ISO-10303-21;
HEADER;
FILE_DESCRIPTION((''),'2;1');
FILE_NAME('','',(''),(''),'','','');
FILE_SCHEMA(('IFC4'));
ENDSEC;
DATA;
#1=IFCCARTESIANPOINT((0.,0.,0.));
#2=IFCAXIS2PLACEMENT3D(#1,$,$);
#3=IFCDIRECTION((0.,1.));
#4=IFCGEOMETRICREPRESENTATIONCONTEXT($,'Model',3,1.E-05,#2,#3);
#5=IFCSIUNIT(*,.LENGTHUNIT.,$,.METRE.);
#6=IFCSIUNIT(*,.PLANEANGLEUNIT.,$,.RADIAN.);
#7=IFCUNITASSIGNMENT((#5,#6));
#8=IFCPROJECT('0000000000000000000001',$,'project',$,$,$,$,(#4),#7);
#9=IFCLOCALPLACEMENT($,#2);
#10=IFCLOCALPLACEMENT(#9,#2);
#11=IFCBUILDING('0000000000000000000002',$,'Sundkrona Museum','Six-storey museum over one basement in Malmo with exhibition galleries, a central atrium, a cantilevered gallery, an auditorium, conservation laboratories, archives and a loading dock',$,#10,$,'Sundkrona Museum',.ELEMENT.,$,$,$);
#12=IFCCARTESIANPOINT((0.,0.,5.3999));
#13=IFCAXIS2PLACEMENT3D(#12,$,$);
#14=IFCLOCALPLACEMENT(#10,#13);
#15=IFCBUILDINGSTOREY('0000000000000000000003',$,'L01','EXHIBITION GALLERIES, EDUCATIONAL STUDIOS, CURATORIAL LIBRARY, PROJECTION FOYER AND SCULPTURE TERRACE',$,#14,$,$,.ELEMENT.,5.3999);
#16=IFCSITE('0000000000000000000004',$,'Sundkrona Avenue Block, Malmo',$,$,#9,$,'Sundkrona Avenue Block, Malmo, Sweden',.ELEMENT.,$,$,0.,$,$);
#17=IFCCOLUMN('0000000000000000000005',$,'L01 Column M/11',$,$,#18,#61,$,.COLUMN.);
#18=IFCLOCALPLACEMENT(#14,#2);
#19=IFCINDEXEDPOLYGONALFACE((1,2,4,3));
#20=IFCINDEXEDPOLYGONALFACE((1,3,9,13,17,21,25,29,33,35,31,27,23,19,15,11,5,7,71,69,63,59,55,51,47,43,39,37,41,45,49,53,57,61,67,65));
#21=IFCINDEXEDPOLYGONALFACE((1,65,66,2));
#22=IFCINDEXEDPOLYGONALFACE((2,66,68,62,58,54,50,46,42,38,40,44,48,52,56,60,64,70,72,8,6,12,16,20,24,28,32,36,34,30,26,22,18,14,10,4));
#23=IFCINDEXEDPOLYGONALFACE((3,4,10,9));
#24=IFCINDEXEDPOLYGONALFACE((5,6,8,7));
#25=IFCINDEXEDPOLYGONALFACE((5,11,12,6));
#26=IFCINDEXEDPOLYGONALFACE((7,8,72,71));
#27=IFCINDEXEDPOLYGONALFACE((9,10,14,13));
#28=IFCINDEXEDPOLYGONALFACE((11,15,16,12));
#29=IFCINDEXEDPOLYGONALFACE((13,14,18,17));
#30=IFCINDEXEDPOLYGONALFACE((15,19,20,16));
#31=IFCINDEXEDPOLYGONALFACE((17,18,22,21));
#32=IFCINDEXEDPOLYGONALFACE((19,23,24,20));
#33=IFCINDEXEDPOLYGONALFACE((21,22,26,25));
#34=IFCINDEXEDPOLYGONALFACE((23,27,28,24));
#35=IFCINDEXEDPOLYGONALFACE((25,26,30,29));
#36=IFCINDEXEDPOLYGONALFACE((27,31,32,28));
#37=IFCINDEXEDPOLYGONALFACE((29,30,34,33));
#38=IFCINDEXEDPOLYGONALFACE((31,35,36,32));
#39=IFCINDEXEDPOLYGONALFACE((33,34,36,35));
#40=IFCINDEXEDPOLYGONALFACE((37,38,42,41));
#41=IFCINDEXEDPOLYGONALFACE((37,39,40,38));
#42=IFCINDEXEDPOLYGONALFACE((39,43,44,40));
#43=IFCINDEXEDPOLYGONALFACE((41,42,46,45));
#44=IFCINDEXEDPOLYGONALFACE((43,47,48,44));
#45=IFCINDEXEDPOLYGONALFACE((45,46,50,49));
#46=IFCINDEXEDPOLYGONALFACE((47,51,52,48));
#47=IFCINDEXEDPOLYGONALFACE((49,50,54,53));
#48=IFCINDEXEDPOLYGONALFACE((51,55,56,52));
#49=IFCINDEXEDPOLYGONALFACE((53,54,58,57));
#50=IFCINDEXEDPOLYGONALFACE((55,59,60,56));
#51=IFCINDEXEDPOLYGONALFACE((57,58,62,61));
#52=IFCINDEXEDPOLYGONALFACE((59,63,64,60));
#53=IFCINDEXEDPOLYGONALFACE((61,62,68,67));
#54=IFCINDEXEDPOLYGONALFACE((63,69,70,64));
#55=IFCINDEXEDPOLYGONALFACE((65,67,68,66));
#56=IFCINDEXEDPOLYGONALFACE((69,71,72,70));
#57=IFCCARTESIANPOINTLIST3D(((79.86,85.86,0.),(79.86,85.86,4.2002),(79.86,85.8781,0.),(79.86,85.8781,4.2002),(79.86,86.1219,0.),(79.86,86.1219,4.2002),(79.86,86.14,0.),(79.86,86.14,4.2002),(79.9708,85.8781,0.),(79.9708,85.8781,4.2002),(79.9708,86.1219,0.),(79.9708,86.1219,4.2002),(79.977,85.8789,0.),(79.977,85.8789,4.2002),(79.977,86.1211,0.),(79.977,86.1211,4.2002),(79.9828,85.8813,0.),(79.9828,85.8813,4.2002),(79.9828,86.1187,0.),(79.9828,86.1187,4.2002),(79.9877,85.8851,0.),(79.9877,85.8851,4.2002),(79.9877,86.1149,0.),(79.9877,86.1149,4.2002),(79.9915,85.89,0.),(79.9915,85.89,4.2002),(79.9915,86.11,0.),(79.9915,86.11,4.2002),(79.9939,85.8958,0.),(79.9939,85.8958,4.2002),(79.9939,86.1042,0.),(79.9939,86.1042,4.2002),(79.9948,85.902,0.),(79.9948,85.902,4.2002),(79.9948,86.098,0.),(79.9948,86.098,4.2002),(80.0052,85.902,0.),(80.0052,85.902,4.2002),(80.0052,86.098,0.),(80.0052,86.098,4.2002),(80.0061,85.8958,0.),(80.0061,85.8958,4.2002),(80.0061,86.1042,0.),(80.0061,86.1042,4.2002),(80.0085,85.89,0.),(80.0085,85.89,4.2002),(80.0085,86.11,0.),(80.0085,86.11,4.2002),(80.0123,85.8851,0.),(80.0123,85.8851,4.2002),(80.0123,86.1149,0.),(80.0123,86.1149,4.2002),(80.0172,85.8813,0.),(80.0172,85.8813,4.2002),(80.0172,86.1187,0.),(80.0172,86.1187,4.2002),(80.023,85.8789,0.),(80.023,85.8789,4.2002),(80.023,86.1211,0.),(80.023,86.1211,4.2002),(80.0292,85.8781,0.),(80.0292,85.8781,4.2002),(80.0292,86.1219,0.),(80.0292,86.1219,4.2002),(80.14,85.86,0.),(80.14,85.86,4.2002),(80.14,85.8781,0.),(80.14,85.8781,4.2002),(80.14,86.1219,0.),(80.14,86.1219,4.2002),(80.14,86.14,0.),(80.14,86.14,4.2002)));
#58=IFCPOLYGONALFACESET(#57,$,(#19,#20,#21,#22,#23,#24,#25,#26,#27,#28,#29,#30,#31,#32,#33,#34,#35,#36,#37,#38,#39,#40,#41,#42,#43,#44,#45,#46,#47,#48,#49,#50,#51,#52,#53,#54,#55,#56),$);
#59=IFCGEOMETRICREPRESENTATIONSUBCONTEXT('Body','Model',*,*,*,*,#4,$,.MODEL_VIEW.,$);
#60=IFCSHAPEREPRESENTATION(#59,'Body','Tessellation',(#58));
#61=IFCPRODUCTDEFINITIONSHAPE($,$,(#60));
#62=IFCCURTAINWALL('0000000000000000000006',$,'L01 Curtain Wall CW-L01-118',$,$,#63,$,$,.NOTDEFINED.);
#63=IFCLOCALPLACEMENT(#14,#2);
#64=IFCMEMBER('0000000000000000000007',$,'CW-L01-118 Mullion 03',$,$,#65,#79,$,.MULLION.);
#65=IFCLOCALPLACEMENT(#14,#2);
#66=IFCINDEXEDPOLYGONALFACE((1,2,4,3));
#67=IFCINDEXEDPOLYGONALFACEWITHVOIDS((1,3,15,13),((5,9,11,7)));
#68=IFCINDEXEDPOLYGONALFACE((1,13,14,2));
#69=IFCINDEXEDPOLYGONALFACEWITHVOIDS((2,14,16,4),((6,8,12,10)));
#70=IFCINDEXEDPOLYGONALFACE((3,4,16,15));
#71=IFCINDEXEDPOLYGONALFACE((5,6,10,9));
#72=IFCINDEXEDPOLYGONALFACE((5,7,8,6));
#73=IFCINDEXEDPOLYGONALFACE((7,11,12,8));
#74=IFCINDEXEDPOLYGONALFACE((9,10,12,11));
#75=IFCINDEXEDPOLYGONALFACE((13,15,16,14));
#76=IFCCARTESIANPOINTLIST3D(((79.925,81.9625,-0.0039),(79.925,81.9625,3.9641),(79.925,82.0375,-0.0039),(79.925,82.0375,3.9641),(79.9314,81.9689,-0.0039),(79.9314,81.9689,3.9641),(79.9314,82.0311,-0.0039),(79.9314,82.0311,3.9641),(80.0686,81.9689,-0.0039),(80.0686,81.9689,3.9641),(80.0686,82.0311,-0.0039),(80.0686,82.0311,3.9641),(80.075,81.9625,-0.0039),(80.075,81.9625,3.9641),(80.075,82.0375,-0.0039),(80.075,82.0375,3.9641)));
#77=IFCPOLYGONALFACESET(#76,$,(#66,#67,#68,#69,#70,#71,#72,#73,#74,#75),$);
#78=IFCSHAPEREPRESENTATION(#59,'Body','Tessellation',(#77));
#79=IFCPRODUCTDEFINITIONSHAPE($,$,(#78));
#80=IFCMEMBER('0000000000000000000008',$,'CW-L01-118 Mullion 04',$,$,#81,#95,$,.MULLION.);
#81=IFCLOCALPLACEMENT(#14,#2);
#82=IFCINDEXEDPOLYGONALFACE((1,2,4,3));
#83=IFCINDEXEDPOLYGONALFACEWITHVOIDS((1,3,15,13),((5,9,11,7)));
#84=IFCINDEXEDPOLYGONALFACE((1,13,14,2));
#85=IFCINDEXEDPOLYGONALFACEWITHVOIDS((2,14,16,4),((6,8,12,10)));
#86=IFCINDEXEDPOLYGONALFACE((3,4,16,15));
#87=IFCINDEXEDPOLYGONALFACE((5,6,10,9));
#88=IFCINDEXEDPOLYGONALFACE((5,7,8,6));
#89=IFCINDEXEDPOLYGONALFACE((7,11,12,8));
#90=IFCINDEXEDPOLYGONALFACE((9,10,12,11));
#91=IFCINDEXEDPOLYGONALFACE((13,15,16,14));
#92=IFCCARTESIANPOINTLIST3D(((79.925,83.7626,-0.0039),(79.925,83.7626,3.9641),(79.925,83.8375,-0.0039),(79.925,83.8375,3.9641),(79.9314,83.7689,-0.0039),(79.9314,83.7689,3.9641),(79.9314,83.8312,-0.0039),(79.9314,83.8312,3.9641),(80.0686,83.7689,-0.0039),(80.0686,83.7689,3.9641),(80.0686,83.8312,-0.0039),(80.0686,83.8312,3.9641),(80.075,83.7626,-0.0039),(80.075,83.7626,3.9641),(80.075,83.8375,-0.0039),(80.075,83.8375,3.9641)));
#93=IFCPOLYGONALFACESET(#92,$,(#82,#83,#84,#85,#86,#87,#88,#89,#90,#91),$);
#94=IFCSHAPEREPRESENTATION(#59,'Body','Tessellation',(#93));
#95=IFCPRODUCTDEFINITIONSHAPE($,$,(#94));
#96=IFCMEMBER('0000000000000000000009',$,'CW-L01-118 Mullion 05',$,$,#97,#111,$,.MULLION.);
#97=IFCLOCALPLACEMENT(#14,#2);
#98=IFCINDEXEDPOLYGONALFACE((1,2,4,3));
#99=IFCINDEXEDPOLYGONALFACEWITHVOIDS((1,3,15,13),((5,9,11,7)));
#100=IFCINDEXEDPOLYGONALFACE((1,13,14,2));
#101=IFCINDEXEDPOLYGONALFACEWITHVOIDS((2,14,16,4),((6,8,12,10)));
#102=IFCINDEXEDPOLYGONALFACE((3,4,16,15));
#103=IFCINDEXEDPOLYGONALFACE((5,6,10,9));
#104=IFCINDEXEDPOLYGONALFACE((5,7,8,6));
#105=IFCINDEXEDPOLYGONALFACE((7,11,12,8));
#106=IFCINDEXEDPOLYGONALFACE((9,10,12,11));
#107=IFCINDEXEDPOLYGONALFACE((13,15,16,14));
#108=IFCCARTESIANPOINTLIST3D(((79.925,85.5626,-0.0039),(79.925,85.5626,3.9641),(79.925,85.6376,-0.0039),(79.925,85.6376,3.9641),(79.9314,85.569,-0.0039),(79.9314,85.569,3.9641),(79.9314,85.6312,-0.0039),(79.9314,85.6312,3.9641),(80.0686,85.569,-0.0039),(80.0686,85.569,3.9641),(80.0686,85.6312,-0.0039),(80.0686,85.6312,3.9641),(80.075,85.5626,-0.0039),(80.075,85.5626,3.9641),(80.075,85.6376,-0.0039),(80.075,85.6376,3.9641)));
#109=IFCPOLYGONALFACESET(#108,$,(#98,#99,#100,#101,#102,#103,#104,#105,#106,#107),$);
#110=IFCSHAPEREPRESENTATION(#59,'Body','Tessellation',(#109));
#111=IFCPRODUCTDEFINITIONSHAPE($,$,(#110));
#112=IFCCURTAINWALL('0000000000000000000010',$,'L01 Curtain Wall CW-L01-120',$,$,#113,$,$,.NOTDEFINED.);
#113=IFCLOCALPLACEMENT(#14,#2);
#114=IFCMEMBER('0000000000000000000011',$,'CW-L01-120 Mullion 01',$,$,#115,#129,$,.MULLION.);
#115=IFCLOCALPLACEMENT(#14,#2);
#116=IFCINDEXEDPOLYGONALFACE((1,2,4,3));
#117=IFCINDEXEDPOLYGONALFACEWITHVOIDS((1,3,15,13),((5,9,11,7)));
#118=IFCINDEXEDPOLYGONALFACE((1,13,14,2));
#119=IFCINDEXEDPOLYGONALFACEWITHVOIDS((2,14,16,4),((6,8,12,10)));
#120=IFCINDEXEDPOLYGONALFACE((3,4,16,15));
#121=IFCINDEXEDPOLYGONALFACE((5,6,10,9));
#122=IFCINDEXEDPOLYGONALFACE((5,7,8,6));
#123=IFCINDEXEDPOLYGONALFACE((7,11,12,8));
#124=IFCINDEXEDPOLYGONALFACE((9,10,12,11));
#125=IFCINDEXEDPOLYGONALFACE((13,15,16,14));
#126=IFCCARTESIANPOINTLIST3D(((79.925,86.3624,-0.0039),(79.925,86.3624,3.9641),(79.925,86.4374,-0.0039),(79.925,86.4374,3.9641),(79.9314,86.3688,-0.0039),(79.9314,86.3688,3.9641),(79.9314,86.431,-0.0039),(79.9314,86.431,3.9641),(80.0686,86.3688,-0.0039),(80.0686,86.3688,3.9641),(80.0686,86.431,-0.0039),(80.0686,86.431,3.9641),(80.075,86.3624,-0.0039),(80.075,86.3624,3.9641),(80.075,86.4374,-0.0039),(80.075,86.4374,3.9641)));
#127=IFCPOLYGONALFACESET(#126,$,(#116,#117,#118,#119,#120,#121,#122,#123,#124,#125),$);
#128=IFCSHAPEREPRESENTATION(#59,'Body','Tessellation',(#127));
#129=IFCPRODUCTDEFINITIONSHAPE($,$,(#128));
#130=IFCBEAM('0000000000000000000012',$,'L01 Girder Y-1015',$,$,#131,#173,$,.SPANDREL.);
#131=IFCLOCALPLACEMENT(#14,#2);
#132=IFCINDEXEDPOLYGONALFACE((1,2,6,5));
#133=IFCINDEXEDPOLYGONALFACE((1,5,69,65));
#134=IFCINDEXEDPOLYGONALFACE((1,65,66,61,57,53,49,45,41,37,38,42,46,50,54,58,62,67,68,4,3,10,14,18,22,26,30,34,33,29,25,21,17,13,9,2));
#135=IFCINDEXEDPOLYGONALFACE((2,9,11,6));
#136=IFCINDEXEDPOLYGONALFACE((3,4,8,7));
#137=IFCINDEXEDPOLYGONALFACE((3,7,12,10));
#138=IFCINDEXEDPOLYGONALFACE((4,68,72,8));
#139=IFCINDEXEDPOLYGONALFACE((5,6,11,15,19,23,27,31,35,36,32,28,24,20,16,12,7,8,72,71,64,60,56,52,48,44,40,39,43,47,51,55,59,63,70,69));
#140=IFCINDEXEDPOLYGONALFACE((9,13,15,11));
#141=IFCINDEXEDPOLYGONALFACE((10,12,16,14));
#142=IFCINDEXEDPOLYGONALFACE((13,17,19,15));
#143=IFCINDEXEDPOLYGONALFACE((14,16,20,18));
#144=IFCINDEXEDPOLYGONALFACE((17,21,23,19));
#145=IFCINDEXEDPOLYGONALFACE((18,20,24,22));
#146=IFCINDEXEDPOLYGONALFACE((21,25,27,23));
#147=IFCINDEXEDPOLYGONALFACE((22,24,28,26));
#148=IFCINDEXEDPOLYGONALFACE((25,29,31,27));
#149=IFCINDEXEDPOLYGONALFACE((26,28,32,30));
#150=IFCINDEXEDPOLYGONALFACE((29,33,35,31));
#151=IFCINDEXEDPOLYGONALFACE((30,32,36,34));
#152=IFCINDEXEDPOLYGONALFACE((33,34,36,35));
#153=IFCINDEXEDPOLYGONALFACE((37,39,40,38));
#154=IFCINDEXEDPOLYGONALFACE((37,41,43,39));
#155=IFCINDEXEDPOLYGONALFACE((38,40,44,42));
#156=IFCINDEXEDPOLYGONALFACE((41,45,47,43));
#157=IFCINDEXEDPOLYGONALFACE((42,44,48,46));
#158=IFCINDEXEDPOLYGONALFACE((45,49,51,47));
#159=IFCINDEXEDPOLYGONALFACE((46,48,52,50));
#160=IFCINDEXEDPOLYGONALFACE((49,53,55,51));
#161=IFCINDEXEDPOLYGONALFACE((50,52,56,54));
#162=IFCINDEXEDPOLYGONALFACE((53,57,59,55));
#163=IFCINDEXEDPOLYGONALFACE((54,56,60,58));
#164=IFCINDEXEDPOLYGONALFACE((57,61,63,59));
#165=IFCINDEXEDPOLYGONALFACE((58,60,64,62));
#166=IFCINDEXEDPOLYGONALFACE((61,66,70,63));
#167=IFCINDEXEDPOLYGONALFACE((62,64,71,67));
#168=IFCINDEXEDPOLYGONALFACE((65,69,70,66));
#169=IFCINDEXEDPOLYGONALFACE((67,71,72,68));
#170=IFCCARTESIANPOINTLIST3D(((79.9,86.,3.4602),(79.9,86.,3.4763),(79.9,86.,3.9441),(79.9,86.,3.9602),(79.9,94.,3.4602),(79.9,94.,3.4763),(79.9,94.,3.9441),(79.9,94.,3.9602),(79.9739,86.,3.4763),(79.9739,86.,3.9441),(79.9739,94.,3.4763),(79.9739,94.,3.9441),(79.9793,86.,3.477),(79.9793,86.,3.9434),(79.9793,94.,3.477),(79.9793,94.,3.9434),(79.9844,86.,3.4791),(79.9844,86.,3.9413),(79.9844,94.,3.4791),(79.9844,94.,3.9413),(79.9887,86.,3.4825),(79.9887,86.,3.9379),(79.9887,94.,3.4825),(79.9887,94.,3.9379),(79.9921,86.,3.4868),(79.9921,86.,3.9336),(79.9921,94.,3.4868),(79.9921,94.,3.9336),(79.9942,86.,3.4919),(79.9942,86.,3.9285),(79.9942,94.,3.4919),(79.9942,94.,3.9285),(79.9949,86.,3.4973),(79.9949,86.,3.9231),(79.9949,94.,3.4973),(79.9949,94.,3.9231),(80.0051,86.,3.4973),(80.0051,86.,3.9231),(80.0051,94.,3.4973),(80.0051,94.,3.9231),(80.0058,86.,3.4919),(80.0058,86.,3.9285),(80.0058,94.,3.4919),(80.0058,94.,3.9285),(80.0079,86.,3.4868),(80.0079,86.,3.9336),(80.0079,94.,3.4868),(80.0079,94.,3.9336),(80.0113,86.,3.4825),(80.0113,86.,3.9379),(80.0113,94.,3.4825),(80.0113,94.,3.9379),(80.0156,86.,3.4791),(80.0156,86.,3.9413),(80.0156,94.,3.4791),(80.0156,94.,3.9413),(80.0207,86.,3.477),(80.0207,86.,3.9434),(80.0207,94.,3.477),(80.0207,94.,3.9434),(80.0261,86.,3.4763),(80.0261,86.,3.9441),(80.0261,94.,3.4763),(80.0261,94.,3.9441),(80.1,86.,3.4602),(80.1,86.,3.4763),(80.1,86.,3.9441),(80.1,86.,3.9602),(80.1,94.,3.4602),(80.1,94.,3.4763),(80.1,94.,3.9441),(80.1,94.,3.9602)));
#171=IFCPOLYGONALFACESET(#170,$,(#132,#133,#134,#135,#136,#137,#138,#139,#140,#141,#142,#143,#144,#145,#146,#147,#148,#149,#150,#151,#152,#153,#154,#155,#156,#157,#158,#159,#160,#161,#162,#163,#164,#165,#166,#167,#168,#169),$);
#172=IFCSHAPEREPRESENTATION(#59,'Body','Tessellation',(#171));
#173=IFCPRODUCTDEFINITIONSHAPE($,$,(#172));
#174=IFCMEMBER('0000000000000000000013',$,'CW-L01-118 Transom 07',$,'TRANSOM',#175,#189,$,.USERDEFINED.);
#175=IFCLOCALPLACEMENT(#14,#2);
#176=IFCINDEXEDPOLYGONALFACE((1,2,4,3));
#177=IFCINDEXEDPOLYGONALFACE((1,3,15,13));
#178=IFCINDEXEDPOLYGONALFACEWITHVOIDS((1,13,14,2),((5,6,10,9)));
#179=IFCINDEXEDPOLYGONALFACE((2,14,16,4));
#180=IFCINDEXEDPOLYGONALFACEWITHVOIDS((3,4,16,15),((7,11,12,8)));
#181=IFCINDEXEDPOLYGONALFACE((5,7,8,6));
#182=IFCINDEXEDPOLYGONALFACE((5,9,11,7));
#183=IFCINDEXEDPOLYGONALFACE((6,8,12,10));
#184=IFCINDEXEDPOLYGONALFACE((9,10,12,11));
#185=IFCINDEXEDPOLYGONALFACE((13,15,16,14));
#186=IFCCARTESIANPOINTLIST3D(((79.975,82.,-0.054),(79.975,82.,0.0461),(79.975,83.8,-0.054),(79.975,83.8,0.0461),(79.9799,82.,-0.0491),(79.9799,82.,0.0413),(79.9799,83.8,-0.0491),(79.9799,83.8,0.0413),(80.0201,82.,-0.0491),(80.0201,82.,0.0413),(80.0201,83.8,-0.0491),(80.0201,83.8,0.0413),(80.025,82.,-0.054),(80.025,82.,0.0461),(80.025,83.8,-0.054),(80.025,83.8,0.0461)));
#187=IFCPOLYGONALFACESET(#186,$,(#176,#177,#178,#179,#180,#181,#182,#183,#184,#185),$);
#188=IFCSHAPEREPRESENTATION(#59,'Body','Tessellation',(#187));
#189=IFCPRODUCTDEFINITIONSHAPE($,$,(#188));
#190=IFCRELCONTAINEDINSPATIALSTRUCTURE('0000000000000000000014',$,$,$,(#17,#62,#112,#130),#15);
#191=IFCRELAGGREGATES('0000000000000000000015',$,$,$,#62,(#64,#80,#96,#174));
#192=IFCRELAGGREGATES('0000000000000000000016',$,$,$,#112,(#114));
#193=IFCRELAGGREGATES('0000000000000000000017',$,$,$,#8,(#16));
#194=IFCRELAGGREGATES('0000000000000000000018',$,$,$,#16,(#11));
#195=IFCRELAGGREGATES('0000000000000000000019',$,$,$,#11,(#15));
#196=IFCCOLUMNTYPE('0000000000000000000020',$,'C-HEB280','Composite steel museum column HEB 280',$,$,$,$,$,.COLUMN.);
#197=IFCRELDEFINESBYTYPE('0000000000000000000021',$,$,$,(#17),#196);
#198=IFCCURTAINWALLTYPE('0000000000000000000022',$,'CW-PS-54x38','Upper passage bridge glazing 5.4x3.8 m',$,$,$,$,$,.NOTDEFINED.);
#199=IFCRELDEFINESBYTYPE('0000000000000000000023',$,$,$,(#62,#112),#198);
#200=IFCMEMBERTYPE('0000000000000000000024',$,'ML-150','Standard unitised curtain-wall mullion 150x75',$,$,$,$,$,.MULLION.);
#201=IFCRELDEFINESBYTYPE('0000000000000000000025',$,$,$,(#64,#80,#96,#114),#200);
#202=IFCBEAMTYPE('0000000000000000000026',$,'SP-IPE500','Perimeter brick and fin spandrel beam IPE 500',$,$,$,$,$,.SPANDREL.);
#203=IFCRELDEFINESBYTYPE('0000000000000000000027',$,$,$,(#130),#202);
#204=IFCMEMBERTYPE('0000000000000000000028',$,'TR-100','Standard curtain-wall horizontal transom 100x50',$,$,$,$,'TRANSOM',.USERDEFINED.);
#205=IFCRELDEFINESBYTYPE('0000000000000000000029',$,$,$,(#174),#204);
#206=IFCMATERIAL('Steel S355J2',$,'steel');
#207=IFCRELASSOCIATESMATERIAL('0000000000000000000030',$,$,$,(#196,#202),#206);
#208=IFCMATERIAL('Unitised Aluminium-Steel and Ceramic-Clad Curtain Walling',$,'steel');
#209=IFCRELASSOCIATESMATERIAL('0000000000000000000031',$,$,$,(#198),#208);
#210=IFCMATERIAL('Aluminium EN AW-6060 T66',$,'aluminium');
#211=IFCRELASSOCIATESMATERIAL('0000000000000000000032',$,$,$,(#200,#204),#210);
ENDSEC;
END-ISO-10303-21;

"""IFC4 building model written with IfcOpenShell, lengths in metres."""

from ifc_helpers import new_model, si_unit, direction, frame, origin, origin_2d, place, context, subcontext, project, spatial, hollow_rectangle, i_section, extrude, material, material_profile, profile_set, type_object, element, aggregate, save


model = new_model("IFC4")

# Units and contexts
model_context = context("Model", 3, precision=1e-05, world=origin(), true_north=direction((0.0, 1.0)))
body_context = subcontext(model_context, "Body", "Model", "MODEL_VIEW")
ifc_project = project(units=[si_unit("LENGTHUNIT", "METRE"), si_unit("PLANEANGLEUNIT", "RADIAN")], contexts=[model_context])

# Site, building, storey
site_placement = place(None, origin())
site = spatial("IfcSite", under=ifc_project, at=site_placement, Name="Sundkrona Avenue Block, Malmo", LongName="Sundkrona Avenue Block, Malmo, Sweden", CompositionType="ELEMENT", RefElevation=0.0)
building_placement = place(site_placement, origin())
building = spatial("IfcBuilding", under=site, at=building_placement, Name="Sundkrona Museum", Description="Six-storey museum over one basement in Malmo with exhibition galleries, a central atrium, a cantilevered gallery, an auditorium, conservation laboratories, archives and a loading dock", LongName="Sundkrona Museum", CompositionType="ELEMENT")
storey_placement = place(building_placement, frame((0.0, 0.0, 5.3999)))
storey = spatial("IfcBuildingStorey", under=building, at=storey_placement, Name="L01", Description="EXHIBITION GALLERIES, EDUCATIONAL STUDIOS, CURATORIAL LIBRARY, PROJECTION FOYER AND SCULPTURE TERRACE", CompositionType="ELEMENT", Elevation=5.3999)

# Column
ifc_material_1 = material(Name="Steel S355J2", Category="steel")
ifc_material_profile_1 = material_profile(ifc_material_1, i_section(OverallWidth=0.28, OverallDepth=0.28, WebThickness=0.0105, FlangeThickness=0.0181, FilletRadius=0.0239, at=origin_2d()), Name="HEB 280")
ifc_profile_set_1 = profile_set([ifc_material_profile_1], Name="Steel S355J2")
column_type = type_object("IfcColumnType", Name="C-HEB280", Description="Composite steel museum column HEB 280", PredefinedType="COLUMN", material=ifc_profile_set_1)
column_placement = place(storey_placement, frame((80.0, 86.0, 0.0), z_axis=(0.0, 0.0, 1.0), x_axis=(1.0, 0.0, 0.0)))
element("IfcColumn", 1, at=column_placement, inside=storey, type_object=column_type, Name="L01 Column M/11", PredefinedType="COLUMN", context=body_context, shape_type="SweptSolid", body=[
    extrude(i_section(OverallWidth=0.28, OverallDepth=0.28, WebThickness=0.0105, FlangeThickness=0.0181, FilletRadius=0.0239, at=origin_2d()), origin(), (0.0, 0.0, 1.0), 4.2002),
])

# Curtain wall, members
ifc_material_2 = material(Name="Unitised Aluminium-Steel and Ceramic-Clad Curtain Walling", Category="steel")
curtain_wall_type = type_object("IfcCurtainWallType", Name="CW-PS-54x38", Description="Upper passage bridge glazing 5.4x3.8 m", PredefinedType="NOTDEFINED", material=ifc_material_2)
curtain_wall_1_placement = place(storey_placement, origin())
curtain_wall_1 = element("IfcCurtainWall", 2, at=curtain_wall_1_placement, inside=storey, type_object=curtain_wall_type, Name="L01 Curtain Wall CW-L01-118", PredefinedType="NOTDEFINED")
ifc_material_3 = material(Name="Aluminium EN AW-6060 T66", Category="aluminium")
ifc_material_profile_2 = material_profile(ifc_material_3, hollow_rectangle(XDim=0.075, YDim=0.1499, WallThickness=0.0063, at=origin_2d()), Name="RHS 150x75x6.3")
ifc_profile_set_2 = profile_set([ifc_material_profile_2], Name="Aluminium EN AW-6060 T66")
member_type_1 = type_object("IfcMemberType", Name="ML-150", Description="Standard unitised curtain-wall mullion 150x75", PredefinedType="MULLION", material=ifc_profile_set_2)
member_1_placement = place(storey_placement, frame((80.0, 82.0, -0.0039), z_axis=(0.0, 0.0, 1.0), x_axis=(0.0, 1.0, 0.0)))
member_1 = element("IfcMember", 3, at=member_1_placement, type_object=member_type_1, Name="CW-L01-118 Mullion 03", PredefinedType="MULLION", context=body_context, shape_type="SweptSolid", body=[
    extrude(hollow_rectangle(XDim=0.075, YDim=0.1499, WallThickness=0.0063, at=origin_2d()), origin(), (0.0, 0.0, 1.0), 3.968),
])
member_2_placement = place(storey_placement, frame((80.0, 83.8, -0.0039), z_axis=(0.0, 0.0, 1.0), x_axis=(0.0, 1.0, 0.0)))
member_2 = element("IfcMember", 4, at=member_2_placement, type_object=member_type_1, Name="CW-L01-118 Mullion 04", PredefinedType="MULLION", context=body_context, shape_type="SweptSolid", body=[
    extrude(hollow_rectangle(XDim=0.075, YDim=0.1499, WallThickness=0.0063, at=origin_2d()), origin(), (0.0, 0.0, 1.0), 3.968),
])
member_3_placement = place(storey_placement, frame((80.0, 85.6001, -0.0039), z_axis=(0.0, 0.0, 1.0), x_axis=(0.0, 1.0, 0.0)))
member_3 = element("IfcMember", 5, at=member_3_placement, type_object=member_type_1, Name="CW-L01-118 Mullion 05", PredefinedType="MULLION", context=body_context, shape_type="SweptSolid", body=[
    extrude(hollow_rectangle(XDim=0.075, YDim=0.1499, WallThickness=0.0063, at=origin_2d()), origin(), (0.0, 0.0, 1.0), 3.968),
])

# Curtain wall, member
curtain_wall_2_placement = place(storey_placement, origin())
curtain_wall_2 = element("IfcCurtainWall", 6, at=curtain_wall_2_placement, inside=storey, type_object=curtain_wall_type, Name="L01 Curtain Wall CW-L01-120", PredefinedType="NOTDEFINED")
member_4_placement = place(storey_placement, frame((80.0, 86.3999, -0.0039), z_axis=(0.0, 0.0, 1.0), x_axis=(0.0, 1.0, 0.0)))
member_4 = element("IfcMember", 7, at=member_4_placement, type_object=member_type_1, Name="CW-L01-120 Mullion 01", PredefinedType="MULLION", context=body_context, shape_type="SweptSolid", body=[
    extrude(hollow_rectangle(XDim=0.075, YDim=0.1499, WallThickness=0.0063, at=origin_2d()), origin(), (0.0, 0.0, 1.0), 3.968),
])

# Beam
ifc_material_profile_3 = material_profile(ifc_material_1, i_section(OverallWidth=0.2, OverallDepth=0.5, WebThickness=0.0103, FlangeThickness=0.0161, FilletRadius=0.021, at=origin_2d()), Name="IPE 500")
ifc_profile_set_3 = profile_set([ifc_material_profile_3], Name="Steel S355J2")
beam_type = type_object("IfcBeamType", Name="SP-IPE500", Description="Perimeter brick and fin spandrel beam IPE 500", PredefinedType="SPANDREL", material=ifc_profile_set_3)
beam_placement = place(storey_placement, frame((80.0, 86.0, 3.7102), z_axis=(0.0, 1.0, 0.0), x_axis=(-1.0, 0.0, 0.0)))
element("IfcBeam", 8, at=beam_placement, inside=storey, type_object=beam_type, Name="L01 Girder Y-1015", PredefinedType="SPANDREL", context=body_context, shape_type="SweptSolid", body=[
    extrude(i_section(OverallWidth=0.2, OverallDepth=0.5, WebThickness=0.0103, FlangeThickness=0.0161, FilletRadius=0.021, at=origin_2d()), origin(), (0.0, 0.0, 1.0), 8.0),
])

# Member
ifc_material_profile_4 = material_profile(ifc_material_3, hollow_rectangle(XDim=0.05, YDim=0.1001, WallThickness=0.0049, at=origin_2d()), Name="RHS 100x50x5.0")
ifc_profile_set_4 = profile_set([ifc_material_profile_4], Name="Aluminium EN AW-6060 T66")
member_type_2 = type_object("IfcMemberType", Name="TR-100", Description="Standard curtain-wall horizontal transom 100x50", ElementType="TRANSOM", PredefinedType="USERDEFINED", material=ifc_profile_set_4)
member_5_placement = place(storey_placement, frame((80.0, 82.0, -0.0039), z_axis=(0.0, 1.0, 0.0), x_axis=(-1.0, 0.0, 0.0)))
member_5 = element("IfcMember", 9, at=member_5_placement, type_object=member_type_2, Name="CW-L01-118 Transom 07", ObjectType="TRANSOM", PredefinedType="USERDEFINED", context=body_context, shape_type="SweptSolid", body=[
    extrude(hollow_rectangle(XDim=0.05, YDim=0.1001, WallThickness=0.0049, at=origin_2d()), origin(), (0.0, 0.0, 1.0), 1.8),
])

aggregate(curtain_wall_1, [member_1, member_2, member_3, member_5])
aggregate(curtain_wall_2, [member_4])

save(model, "model.ifc")
